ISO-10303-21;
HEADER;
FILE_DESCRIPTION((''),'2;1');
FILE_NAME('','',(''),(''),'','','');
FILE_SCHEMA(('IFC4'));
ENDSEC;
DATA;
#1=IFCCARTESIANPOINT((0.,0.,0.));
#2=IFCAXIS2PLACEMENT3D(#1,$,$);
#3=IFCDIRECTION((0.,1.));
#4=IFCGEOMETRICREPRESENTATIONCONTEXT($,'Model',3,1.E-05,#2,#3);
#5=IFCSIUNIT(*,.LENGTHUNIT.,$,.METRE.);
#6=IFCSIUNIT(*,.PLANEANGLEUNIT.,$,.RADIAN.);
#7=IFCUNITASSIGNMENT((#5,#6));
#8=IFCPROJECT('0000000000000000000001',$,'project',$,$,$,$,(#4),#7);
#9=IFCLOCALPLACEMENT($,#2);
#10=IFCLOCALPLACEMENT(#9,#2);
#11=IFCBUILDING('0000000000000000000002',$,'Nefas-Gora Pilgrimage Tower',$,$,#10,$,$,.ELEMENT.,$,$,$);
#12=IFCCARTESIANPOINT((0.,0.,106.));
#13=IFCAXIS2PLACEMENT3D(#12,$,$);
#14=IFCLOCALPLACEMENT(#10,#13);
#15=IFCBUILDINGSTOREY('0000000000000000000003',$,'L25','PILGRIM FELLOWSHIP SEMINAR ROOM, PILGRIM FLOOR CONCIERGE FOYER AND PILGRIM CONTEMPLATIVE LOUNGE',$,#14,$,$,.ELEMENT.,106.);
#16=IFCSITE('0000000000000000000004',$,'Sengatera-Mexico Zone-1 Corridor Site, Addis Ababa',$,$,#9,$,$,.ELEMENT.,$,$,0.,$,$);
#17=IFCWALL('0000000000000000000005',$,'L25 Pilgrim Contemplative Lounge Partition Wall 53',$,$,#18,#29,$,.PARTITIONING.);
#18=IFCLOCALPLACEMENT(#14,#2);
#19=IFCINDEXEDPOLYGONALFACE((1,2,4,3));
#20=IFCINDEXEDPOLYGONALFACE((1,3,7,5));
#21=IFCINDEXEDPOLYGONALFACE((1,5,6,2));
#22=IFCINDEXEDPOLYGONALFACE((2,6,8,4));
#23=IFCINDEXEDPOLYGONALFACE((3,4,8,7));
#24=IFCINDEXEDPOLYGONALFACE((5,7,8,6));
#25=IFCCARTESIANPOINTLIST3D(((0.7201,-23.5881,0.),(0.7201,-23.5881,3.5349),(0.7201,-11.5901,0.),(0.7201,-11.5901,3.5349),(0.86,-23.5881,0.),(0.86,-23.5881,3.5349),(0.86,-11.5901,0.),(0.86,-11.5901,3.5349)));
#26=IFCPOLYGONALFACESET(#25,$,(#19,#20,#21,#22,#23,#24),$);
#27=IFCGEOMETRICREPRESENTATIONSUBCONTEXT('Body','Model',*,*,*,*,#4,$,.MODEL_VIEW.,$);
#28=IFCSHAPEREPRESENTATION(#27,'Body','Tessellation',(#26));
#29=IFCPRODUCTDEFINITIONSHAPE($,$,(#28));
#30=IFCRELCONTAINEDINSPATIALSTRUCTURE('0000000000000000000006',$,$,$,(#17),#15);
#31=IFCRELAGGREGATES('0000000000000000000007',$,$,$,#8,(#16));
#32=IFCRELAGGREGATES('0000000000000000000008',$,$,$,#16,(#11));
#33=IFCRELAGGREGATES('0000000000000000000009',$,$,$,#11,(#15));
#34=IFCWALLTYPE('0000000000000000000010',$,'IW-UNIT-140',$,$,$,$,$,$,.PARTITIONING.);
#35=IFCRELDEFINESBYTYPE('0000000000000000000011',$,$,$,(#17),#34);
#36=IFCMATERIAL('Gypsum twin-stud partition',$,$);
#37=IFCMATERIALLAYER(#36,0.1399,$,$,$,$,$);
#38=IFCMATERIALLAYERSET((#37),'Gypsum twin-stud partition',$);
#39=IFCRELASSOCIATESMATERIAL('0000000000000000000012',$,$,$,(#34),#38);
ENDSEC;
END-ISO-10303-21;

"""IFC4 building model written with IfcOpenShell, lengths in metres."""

from ifc_helpers import new_model, si_unit, direction, frame, frame_2d, origin, place, context, subcontext, project, spatial, rectangle, extrude, source, transform, mapped, material, layer, layer_set, type_object, element, save


model = new_model("IFC4")

# Units and contexts
model_context = context("Model", 3, precision=1e-05, world=origin(), true_north=direction((0.0, 1.0)))
body_context = subcontext(model_context, "Body", "Model", "MODEL_VIEW")
ifc_project = project(units=[si_unit("LENGTHUNIT", "METRE"), si_unit("PLANEANGLEUNIT", "RADIAN")], contexts=[model_context])

# Site, building, storey
site_placement = place(None, origin())
site = spatial("IfcSite", under=ifc_project, at=site_placement, Name="Sengatera-Mexico Zone-1 Corridor Site, Addis Ababa", CompositionType="ELEMENT", RefElevation=0.0)
building_placement = place(site_placement, origin())
building = spatial("IfcBuilding", under=site, at=building_placement, Name="Nefas-Gora Pilgrimage Tower", CompositionType="ELEMENT")
storey_placement = place(building_placement, frame((0.0, 0.0, 106.0)))
storey = spatial("IfcBuildingStorey", under=building, at=storey_placement, Name="L25", Description="PILGRIM FELLOWSHIP SEMINAR ROOM, PILGRIM FLOOR CONCIERGE FOYER AND PILGRIM CONTEMPLATIVE LOUNGE", CompositionType="ELEMENT", Elevation=106.0)

# Shared definitions
ifc_material_1 = material(Name="Gypsum twin-stud partition")
ifc_layer_1 = layer(ifc_material_1, 0.1399)
ifc_layer_set_1 = layer_set([ifc_layer_1], Name="Gypsum twin-stud partition")
wall_type_1 = type_object("IfcWallType", Name="IW-UNIT-140", PredefinedType="PARTITIONING", material=ifc_layer_set_1)

# Wall
shared_shape_1 = source(origin(), body_context, "Body", "SweptSolid", [
    extrude(rectangle(XDim=11.998, YDim=0.1399, at=frame_2d((5.999, 0.0))), origin(), (0.0, 0.0, 1.0), 3.5349),
])
wall_1_placement = place(storey_placement, frame((0.79, -23.5881, 0.0), z_axis=(0.0, 0.0, 1.0), x_axis=(0.0, 1.0, 0.0)))
element("IfcWall", 1, at=wall_1_placement, inside=storey, type_object=wall_type_1, Name="L25 Pilgrim Contemplative Lounge Partition Wall 53", PredefinedType="PARTITIONING", context=body_context, shape_type="MappedRepresentation", body=[
    mapped(shared_shape_1, transform((0.0, 0.0, 0.0), x_axis=(1.0, 0.0, 0.0), y_axis=(0.0, 1.0, 0.0), z_axis=(0.0, 0.0, 1.0), scale=1.0)),
])

save(model, "model.ifc")
